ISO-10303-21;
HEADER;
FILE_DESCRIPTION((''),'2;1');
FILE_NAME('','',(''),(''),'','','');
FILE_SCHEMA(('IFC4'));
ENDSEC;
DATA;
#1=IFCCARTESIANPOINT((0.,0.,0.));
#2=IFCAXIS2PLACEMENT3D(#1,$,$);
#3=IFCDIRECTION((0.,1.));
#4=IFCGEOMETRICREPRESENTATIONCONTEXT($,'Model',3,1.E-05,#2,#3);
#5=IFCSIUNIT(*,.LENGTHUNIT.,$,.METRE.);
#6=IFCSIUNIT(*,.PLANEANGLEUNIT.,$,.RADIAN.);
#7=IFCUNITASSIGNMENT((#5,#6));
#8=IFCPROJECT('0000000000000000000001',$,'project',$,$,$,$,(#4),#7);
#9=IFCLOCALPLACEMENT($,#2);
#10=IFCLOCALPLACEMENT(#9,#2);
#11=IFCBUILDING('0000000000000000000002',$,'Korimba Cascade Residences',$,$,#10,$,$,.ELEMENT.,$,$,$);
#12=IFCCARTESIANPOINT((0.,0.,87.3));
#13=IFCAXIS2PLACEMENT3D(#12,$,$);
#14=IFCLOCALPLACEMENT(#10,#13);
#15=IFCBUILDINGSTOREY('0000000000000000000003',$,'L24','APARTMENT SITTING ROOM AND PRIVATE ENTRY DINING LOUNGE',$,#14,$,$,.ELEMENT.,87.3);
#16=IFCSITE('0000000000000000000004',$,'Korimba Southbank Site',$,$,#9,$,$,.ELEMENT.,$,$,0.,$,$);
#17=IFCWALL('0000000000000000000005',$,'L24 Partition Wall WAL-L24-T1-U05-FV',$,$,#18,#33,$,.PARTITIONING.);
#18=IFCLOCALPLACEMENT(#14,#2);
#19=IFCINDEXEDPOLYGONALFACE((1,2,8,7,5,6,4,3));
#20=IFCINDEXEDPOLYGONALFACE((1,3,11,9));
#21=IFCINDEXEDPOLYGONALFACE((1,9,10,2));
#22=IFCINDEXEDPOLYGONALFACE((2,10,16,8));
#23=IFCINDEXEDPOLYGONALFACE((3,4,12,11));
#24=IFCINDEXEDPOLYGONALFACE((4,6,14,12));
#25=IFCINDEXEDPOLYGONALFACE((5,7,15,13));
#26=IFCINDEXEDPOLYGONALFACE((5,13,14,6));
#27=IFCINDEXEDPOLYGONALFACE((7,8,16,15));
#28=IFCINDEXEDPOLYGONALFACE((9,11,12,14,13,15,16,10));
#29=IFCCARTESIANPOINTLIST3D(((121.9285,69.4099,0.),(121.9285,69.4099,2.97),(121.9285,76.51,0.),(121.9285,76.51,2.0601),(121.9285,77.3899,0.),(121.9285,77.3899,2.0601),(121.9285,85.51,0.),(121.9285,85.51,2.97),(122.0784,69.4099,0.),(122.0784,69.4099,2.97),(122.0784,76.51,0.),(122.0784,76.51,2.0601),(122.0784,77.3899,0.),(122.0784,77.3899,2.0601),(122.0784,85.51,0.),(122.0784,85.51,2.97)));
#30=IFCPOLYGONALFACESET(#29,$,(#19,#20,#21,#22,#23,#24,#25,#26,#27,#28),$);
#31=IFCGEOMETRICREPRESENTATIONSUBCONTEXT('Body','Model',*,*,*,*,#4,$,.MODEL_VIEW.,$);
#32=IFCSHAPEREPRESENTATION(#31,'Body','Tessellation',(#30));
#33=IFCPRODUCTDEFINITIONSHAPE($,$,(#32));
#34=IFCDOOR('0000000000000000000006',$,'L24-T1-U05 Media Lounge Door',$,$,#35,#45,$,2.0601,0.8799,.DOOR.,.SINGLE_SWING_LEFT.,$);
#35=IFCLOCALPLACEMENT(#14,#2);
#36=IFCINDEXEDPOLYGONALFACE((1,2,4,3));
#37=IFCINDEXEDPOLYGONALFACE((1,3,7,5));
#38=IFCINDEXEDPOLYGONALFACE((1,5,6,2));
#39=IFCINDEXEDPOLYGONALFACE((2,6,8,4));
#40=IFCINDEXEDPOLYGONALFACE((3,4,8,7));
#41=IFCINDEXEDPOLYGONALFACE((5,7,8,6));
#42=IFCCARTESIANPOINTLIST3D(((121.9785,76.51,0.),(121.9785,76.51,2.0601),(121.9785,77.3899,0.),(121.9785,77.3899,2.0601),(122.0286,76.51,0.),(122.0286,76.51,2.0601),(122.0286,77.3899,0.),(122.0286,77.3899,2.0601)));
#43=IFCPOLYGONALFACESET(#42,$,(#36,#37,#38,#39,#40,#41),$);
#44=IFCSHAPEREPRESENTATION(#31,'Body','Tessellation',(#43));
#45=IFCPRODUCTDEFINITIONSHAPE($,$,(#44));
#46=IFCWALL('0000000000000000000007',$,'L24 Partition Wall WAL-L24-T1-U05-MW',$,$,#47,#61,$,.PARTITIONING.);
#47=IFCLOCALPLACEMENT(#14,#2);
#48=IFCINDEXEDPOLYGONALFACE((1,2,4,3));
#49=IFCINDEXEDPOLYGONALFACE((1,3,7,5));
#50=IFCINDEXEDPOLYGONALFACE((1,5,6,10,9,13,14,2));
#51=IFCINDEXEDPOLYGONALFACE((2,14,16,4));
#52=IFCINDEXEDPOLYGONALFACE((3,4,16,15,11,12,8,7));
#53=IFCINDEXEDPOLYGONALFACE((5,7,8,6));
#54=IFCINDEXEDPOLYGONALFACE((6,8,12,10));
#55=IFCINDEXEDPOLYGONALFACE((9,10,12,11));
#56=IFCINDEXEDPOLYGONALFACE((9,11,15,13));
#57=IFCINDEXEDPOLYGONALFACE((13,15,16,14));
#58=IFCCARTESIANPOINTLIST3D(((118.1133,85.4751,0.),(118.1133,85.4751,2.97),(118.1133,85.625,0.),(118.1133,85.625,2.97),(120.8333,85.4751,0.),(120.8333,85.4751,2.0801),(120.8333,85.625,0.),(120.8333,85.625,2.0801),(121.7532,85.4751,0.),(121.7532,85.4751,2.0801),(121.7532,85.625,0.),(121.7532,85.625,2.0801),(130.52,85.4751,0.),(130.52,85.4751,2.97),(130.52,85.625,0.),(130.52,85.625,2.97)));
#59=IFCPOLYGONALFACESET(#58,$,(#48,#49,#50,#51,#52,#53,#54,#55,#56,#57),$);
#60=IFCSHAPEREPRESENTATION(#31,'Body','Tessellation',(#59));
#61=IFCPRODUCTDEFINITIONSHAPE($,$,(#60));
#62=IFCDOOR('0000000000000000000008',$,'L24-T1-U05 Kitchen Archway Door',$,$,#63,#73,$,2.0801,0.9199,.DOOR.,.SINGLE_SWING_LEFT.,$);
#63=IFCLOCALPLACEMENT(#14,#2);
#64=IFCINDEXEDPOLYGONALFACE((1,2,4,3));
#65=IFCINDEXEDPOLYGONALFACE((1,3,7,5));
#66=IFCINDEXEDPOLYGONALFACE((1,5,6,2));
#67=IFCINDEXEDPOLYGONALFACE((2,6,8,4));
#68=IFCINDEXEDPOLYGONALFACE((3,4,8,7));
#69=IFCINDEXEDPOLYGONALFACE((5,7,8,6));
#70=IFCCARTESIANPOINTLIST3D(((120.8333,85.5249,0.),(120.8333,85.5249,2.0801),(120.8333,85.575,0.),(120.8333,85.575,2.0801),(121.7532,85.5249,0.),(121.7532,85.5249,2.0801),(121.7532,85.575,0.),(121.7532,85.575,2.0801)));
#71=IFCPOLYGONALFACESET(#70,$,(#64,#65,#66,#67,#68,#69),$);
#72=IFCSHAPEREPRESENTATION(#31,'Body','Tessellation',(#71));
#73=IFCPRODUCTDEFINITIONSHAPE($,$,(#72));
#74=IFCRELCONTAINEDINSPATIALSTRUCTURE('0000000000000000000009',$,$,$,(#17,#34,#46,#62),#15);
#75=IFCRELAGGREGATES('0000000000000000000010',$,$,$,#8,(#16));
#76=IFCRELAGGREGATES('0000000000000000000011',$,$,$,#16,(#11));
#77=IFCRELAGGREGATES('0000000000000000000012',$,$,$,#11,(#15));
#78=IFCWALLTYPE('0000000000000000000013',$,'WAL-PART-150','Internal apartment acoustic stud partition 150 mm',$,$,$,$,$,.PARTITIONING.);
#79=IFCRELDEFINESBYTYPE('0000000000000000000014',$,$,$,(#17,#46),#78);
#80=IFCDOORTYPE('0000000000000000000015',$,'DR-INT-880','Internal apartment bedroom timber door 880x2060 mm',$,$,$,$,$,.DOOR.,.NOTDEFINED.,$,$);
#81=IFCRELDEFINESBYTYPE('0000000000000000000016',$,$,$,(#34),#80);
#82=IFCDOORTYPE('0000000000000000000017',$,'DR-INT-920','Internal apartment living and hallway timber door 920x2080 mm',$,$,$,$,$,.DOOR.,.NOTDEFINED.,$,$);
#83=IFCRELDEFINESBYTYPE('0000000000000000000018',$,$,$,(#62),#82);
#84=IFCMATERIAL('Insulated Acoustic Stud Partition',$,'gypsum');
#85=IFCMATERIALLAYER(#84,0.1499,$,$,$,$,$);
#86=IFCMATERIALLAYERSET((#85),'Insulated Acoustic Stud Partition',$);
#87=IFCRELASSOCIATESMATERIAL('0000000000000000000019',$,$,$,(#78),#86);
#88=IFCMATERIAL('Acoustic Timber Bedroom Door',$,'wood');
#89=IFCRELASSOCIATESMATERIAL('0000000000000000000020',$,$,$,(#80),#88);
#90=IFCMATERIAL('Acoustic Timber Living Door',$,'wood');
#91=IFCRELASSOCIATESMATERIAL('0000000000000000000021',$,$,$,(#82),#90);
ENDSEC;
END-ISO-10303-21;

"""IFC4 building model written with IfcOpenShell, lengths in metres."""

from ifc_helpers import new_model, si_unit, direction, frame, frame_2d, origin, place, context, subcontext, project, spatial, rectangle, extrude, material, layer, layer_set, type_object, element, fill, save


model = new_model("IFC4")

# Units and contexts
model_context = context("Model", 3, precision=1e-05, world=origin(), true_north=direction((0.0, 1.0)))
body_context = subcontext(model_context, "Body", "Model", "MODEL_VIEW")
ifc_project = project(units=[si_unit("LENGTHUNIT", "METRE"), si_unit("PLANEANGLEUNIT", "RADIAN")], contexts=[model_context])

# Site, building, storey
site_placement = place(None, origin())
site = spatial("IfcSite", under=ifc_project, at=site_placement, Name="Korimba Southbank Site", CompositionType="ELEMENT", RefElevation=0.0)
building_placement = place(site_placement, origin())
building = spatial("IfcBuilding", under=site, at=building_placement, Name="Korimba Cascade Residences", CompositionType="ELEMENT")
storey_placement = place(building_placement, frame((0.0, 0.0, 87.3)))
storey = spatial("IfcBuildingStorey", under=building, at=storey_placement, Name="L24", Description="APARTMENT SITTING ROOM AND PRIVATE ENTRY DINING LOUNGE", CompositionType="ELEMENT", Elevation=87.3)

# Walls, openings, doors
ifc_material_1 = material(Name="Insulated Acoustic Stud Partition", Category="gypsum")
ifc_layer_1 = layer(ifc_material_1, 0.1499)
ifc_layer_set_1 = layer_set([ifc_layer_1], Name="Insulated Acoustic Stud Partition")
wall_type_1 = type_object("IfcWallType", Name="WAL-PART-150", Description="Internal apartment acoustic stud partition 150 mm", PredefinedType="PARTITIONING", material=ifc_layer_set_1)
ifc_material_2 = material(Name="Acoustic Timber Bedroom Door", Category="wood")
door_type_1 = type_object("IfcDoorType", Name="DR-INT-880", Description="Internal apartment bedroom timber door 880x2060 mm", OperationType="NOTDEFINED", PredefinedType="DOOR", material=ifc_material_2)
wall_1_placement = place(storey_placement, frame((122.0034, 69.4099, 0.0), z_axis=(0.0, 0.0, 1.0), x_axis=(0.0, 1.0, 0.0)))
wall_1 = element("IfcWall", 1, at=wall_1_placement, inside=storey, type_object=wall_type_1, Name="L24 Partition Wall WAL-L24-T1-U05-FV", PredefinedType="PARTITIONING", context=body_context, shape_type="SweptSolid", body=[
    extrude(rectangle(XDim=16.1001, YDim=0.1499, at=frame_2d((8.05, 0.0))), origin(), (0.0, 0.0, 1.0), 2.97),
])
opening_1_placement = place(wall_1_placement, frame((7.1001, 0.0, 0.0)))
opening_1 = element("IfcOpeningElement", 2, at=opening_1_placement, cuts=wall_1, PredefinedType="OPENING", context=body_context, shape_type="SweptSolid", body=[
    extrude(rectangle(XDim=0.8799, YDim=2.0601, at=frame_2d((0.4399, 1.03))), frame((0.0, 0.085, 0.0), z_axis=(0.0, -1.0, 0.0), x_axis=(1.0, 0.0, 0.0)), (0.0, 0.0, 1.0), 0.1699),
])
door_1_placement = place(opening_1_placement, origin())
door_1 = element("IfcDoor", 3, at=door_1_placement, inside=storey, type_object=door_type_1, Name="L24-T1-U05 Media Lounge Door", OperationType="SINGLE_SWING_LEFT", OverallHeight=2.0601, OverallWidth=0.8799, PredefinedType="DOOR", context=body_context, shape_type="SweptSolid", body=[
    extrude(rectangle(XDim=0.8799, YDim=2.0601, at=frame_2d((0.4399, 1.03))), frame((0.0, 0.0249, 0.0), z_axis=(0.0, -1.0, 0.0), x_axis=(1.0, 0.0, 0.0)), (0.0, 0.0, 1.0), 0.05),
])
fill(opening_1, door_1)
wall_2_placement = place(storey_placement, frame((118.1133, 85.55, 0.0), z_axis=(0.0, 0.0, 1.0), x_axis=(1.0, 0.0, 0.0)))
wall_2 = element("IfcWall", 4, at=wall_2_placement, inside=storey, type_object=wall_type_1, Name="L24 Partition Wall WAL-L24-T1-U05-MW", PredefinedType="PARTITIONING", context=body_context, shape_type="SweptSolid", body=[
    extrude(rectangle(XDim=12.4067, YDim=0.1499, at=frame_2d((6.2034, 0.0))), origin(), (0.0, 0.0, 1.0), 2.97),
])
opening_2_placement = place(wall_2_placement, frame((2.72, 0.0, 0.0)))
opening_2 = element("IfcOpeningElement", 5, at=opening_2_placement, cuts=wall_2, PredefinedType="OPENING", context=body_context, shape_type="SweptSolid", body=[
    extrude(rectangle(XDim=0.9199, YDim=2.0801, at=frame_2d((0.46, 1.04))), frame((0.0, 0.085, 0.0), z_axis=(0.0, -1.0, 0.0), x_axis=(1.0, 0.0, 0.0)), (0.0, 0.0, 1.0), 0.1699),
])
ifc_material_3 = material(Name="Acoustic Timber Living Door", Category="wood")
door_type_2 = type_object("IfcDoorType", Name="DR-INT-920", Description="Internal apartment living and hallway timber door 920x2080 mm", OperationType="NOTDEFINED", PredefinedType="DOOR", material=ifc_material_3)
door_2_placement = place(opening_2_placement, origin())
door_2 = element("IfcDoor", 6, at=door_2_placement, inside=storey, type_object=door_type_2, Name="L24-T1-U05 Kitchen Archway Door", OperationType="SINGLE_SWING_LEFT", OverallHeight=2.0801, OverallWidth=0.9199, PredefinedType="DOOR", context=body_context, shape_type="SweptSolid", body=[
    extrude(rectangle(XDim=0.9199, YDim=2.0801, at=frame_2d((0.46, 1.04))), frame((0.0, 0.0249, 0.0), z_axis=(0.0, -1.0, 0.0), x_axis=(1.0, 0.0, 0.0)), (0.0, 0.0, 1.0), 0.05),
])
fill(opening_2, door_2)

save(model, "model.ifc")
